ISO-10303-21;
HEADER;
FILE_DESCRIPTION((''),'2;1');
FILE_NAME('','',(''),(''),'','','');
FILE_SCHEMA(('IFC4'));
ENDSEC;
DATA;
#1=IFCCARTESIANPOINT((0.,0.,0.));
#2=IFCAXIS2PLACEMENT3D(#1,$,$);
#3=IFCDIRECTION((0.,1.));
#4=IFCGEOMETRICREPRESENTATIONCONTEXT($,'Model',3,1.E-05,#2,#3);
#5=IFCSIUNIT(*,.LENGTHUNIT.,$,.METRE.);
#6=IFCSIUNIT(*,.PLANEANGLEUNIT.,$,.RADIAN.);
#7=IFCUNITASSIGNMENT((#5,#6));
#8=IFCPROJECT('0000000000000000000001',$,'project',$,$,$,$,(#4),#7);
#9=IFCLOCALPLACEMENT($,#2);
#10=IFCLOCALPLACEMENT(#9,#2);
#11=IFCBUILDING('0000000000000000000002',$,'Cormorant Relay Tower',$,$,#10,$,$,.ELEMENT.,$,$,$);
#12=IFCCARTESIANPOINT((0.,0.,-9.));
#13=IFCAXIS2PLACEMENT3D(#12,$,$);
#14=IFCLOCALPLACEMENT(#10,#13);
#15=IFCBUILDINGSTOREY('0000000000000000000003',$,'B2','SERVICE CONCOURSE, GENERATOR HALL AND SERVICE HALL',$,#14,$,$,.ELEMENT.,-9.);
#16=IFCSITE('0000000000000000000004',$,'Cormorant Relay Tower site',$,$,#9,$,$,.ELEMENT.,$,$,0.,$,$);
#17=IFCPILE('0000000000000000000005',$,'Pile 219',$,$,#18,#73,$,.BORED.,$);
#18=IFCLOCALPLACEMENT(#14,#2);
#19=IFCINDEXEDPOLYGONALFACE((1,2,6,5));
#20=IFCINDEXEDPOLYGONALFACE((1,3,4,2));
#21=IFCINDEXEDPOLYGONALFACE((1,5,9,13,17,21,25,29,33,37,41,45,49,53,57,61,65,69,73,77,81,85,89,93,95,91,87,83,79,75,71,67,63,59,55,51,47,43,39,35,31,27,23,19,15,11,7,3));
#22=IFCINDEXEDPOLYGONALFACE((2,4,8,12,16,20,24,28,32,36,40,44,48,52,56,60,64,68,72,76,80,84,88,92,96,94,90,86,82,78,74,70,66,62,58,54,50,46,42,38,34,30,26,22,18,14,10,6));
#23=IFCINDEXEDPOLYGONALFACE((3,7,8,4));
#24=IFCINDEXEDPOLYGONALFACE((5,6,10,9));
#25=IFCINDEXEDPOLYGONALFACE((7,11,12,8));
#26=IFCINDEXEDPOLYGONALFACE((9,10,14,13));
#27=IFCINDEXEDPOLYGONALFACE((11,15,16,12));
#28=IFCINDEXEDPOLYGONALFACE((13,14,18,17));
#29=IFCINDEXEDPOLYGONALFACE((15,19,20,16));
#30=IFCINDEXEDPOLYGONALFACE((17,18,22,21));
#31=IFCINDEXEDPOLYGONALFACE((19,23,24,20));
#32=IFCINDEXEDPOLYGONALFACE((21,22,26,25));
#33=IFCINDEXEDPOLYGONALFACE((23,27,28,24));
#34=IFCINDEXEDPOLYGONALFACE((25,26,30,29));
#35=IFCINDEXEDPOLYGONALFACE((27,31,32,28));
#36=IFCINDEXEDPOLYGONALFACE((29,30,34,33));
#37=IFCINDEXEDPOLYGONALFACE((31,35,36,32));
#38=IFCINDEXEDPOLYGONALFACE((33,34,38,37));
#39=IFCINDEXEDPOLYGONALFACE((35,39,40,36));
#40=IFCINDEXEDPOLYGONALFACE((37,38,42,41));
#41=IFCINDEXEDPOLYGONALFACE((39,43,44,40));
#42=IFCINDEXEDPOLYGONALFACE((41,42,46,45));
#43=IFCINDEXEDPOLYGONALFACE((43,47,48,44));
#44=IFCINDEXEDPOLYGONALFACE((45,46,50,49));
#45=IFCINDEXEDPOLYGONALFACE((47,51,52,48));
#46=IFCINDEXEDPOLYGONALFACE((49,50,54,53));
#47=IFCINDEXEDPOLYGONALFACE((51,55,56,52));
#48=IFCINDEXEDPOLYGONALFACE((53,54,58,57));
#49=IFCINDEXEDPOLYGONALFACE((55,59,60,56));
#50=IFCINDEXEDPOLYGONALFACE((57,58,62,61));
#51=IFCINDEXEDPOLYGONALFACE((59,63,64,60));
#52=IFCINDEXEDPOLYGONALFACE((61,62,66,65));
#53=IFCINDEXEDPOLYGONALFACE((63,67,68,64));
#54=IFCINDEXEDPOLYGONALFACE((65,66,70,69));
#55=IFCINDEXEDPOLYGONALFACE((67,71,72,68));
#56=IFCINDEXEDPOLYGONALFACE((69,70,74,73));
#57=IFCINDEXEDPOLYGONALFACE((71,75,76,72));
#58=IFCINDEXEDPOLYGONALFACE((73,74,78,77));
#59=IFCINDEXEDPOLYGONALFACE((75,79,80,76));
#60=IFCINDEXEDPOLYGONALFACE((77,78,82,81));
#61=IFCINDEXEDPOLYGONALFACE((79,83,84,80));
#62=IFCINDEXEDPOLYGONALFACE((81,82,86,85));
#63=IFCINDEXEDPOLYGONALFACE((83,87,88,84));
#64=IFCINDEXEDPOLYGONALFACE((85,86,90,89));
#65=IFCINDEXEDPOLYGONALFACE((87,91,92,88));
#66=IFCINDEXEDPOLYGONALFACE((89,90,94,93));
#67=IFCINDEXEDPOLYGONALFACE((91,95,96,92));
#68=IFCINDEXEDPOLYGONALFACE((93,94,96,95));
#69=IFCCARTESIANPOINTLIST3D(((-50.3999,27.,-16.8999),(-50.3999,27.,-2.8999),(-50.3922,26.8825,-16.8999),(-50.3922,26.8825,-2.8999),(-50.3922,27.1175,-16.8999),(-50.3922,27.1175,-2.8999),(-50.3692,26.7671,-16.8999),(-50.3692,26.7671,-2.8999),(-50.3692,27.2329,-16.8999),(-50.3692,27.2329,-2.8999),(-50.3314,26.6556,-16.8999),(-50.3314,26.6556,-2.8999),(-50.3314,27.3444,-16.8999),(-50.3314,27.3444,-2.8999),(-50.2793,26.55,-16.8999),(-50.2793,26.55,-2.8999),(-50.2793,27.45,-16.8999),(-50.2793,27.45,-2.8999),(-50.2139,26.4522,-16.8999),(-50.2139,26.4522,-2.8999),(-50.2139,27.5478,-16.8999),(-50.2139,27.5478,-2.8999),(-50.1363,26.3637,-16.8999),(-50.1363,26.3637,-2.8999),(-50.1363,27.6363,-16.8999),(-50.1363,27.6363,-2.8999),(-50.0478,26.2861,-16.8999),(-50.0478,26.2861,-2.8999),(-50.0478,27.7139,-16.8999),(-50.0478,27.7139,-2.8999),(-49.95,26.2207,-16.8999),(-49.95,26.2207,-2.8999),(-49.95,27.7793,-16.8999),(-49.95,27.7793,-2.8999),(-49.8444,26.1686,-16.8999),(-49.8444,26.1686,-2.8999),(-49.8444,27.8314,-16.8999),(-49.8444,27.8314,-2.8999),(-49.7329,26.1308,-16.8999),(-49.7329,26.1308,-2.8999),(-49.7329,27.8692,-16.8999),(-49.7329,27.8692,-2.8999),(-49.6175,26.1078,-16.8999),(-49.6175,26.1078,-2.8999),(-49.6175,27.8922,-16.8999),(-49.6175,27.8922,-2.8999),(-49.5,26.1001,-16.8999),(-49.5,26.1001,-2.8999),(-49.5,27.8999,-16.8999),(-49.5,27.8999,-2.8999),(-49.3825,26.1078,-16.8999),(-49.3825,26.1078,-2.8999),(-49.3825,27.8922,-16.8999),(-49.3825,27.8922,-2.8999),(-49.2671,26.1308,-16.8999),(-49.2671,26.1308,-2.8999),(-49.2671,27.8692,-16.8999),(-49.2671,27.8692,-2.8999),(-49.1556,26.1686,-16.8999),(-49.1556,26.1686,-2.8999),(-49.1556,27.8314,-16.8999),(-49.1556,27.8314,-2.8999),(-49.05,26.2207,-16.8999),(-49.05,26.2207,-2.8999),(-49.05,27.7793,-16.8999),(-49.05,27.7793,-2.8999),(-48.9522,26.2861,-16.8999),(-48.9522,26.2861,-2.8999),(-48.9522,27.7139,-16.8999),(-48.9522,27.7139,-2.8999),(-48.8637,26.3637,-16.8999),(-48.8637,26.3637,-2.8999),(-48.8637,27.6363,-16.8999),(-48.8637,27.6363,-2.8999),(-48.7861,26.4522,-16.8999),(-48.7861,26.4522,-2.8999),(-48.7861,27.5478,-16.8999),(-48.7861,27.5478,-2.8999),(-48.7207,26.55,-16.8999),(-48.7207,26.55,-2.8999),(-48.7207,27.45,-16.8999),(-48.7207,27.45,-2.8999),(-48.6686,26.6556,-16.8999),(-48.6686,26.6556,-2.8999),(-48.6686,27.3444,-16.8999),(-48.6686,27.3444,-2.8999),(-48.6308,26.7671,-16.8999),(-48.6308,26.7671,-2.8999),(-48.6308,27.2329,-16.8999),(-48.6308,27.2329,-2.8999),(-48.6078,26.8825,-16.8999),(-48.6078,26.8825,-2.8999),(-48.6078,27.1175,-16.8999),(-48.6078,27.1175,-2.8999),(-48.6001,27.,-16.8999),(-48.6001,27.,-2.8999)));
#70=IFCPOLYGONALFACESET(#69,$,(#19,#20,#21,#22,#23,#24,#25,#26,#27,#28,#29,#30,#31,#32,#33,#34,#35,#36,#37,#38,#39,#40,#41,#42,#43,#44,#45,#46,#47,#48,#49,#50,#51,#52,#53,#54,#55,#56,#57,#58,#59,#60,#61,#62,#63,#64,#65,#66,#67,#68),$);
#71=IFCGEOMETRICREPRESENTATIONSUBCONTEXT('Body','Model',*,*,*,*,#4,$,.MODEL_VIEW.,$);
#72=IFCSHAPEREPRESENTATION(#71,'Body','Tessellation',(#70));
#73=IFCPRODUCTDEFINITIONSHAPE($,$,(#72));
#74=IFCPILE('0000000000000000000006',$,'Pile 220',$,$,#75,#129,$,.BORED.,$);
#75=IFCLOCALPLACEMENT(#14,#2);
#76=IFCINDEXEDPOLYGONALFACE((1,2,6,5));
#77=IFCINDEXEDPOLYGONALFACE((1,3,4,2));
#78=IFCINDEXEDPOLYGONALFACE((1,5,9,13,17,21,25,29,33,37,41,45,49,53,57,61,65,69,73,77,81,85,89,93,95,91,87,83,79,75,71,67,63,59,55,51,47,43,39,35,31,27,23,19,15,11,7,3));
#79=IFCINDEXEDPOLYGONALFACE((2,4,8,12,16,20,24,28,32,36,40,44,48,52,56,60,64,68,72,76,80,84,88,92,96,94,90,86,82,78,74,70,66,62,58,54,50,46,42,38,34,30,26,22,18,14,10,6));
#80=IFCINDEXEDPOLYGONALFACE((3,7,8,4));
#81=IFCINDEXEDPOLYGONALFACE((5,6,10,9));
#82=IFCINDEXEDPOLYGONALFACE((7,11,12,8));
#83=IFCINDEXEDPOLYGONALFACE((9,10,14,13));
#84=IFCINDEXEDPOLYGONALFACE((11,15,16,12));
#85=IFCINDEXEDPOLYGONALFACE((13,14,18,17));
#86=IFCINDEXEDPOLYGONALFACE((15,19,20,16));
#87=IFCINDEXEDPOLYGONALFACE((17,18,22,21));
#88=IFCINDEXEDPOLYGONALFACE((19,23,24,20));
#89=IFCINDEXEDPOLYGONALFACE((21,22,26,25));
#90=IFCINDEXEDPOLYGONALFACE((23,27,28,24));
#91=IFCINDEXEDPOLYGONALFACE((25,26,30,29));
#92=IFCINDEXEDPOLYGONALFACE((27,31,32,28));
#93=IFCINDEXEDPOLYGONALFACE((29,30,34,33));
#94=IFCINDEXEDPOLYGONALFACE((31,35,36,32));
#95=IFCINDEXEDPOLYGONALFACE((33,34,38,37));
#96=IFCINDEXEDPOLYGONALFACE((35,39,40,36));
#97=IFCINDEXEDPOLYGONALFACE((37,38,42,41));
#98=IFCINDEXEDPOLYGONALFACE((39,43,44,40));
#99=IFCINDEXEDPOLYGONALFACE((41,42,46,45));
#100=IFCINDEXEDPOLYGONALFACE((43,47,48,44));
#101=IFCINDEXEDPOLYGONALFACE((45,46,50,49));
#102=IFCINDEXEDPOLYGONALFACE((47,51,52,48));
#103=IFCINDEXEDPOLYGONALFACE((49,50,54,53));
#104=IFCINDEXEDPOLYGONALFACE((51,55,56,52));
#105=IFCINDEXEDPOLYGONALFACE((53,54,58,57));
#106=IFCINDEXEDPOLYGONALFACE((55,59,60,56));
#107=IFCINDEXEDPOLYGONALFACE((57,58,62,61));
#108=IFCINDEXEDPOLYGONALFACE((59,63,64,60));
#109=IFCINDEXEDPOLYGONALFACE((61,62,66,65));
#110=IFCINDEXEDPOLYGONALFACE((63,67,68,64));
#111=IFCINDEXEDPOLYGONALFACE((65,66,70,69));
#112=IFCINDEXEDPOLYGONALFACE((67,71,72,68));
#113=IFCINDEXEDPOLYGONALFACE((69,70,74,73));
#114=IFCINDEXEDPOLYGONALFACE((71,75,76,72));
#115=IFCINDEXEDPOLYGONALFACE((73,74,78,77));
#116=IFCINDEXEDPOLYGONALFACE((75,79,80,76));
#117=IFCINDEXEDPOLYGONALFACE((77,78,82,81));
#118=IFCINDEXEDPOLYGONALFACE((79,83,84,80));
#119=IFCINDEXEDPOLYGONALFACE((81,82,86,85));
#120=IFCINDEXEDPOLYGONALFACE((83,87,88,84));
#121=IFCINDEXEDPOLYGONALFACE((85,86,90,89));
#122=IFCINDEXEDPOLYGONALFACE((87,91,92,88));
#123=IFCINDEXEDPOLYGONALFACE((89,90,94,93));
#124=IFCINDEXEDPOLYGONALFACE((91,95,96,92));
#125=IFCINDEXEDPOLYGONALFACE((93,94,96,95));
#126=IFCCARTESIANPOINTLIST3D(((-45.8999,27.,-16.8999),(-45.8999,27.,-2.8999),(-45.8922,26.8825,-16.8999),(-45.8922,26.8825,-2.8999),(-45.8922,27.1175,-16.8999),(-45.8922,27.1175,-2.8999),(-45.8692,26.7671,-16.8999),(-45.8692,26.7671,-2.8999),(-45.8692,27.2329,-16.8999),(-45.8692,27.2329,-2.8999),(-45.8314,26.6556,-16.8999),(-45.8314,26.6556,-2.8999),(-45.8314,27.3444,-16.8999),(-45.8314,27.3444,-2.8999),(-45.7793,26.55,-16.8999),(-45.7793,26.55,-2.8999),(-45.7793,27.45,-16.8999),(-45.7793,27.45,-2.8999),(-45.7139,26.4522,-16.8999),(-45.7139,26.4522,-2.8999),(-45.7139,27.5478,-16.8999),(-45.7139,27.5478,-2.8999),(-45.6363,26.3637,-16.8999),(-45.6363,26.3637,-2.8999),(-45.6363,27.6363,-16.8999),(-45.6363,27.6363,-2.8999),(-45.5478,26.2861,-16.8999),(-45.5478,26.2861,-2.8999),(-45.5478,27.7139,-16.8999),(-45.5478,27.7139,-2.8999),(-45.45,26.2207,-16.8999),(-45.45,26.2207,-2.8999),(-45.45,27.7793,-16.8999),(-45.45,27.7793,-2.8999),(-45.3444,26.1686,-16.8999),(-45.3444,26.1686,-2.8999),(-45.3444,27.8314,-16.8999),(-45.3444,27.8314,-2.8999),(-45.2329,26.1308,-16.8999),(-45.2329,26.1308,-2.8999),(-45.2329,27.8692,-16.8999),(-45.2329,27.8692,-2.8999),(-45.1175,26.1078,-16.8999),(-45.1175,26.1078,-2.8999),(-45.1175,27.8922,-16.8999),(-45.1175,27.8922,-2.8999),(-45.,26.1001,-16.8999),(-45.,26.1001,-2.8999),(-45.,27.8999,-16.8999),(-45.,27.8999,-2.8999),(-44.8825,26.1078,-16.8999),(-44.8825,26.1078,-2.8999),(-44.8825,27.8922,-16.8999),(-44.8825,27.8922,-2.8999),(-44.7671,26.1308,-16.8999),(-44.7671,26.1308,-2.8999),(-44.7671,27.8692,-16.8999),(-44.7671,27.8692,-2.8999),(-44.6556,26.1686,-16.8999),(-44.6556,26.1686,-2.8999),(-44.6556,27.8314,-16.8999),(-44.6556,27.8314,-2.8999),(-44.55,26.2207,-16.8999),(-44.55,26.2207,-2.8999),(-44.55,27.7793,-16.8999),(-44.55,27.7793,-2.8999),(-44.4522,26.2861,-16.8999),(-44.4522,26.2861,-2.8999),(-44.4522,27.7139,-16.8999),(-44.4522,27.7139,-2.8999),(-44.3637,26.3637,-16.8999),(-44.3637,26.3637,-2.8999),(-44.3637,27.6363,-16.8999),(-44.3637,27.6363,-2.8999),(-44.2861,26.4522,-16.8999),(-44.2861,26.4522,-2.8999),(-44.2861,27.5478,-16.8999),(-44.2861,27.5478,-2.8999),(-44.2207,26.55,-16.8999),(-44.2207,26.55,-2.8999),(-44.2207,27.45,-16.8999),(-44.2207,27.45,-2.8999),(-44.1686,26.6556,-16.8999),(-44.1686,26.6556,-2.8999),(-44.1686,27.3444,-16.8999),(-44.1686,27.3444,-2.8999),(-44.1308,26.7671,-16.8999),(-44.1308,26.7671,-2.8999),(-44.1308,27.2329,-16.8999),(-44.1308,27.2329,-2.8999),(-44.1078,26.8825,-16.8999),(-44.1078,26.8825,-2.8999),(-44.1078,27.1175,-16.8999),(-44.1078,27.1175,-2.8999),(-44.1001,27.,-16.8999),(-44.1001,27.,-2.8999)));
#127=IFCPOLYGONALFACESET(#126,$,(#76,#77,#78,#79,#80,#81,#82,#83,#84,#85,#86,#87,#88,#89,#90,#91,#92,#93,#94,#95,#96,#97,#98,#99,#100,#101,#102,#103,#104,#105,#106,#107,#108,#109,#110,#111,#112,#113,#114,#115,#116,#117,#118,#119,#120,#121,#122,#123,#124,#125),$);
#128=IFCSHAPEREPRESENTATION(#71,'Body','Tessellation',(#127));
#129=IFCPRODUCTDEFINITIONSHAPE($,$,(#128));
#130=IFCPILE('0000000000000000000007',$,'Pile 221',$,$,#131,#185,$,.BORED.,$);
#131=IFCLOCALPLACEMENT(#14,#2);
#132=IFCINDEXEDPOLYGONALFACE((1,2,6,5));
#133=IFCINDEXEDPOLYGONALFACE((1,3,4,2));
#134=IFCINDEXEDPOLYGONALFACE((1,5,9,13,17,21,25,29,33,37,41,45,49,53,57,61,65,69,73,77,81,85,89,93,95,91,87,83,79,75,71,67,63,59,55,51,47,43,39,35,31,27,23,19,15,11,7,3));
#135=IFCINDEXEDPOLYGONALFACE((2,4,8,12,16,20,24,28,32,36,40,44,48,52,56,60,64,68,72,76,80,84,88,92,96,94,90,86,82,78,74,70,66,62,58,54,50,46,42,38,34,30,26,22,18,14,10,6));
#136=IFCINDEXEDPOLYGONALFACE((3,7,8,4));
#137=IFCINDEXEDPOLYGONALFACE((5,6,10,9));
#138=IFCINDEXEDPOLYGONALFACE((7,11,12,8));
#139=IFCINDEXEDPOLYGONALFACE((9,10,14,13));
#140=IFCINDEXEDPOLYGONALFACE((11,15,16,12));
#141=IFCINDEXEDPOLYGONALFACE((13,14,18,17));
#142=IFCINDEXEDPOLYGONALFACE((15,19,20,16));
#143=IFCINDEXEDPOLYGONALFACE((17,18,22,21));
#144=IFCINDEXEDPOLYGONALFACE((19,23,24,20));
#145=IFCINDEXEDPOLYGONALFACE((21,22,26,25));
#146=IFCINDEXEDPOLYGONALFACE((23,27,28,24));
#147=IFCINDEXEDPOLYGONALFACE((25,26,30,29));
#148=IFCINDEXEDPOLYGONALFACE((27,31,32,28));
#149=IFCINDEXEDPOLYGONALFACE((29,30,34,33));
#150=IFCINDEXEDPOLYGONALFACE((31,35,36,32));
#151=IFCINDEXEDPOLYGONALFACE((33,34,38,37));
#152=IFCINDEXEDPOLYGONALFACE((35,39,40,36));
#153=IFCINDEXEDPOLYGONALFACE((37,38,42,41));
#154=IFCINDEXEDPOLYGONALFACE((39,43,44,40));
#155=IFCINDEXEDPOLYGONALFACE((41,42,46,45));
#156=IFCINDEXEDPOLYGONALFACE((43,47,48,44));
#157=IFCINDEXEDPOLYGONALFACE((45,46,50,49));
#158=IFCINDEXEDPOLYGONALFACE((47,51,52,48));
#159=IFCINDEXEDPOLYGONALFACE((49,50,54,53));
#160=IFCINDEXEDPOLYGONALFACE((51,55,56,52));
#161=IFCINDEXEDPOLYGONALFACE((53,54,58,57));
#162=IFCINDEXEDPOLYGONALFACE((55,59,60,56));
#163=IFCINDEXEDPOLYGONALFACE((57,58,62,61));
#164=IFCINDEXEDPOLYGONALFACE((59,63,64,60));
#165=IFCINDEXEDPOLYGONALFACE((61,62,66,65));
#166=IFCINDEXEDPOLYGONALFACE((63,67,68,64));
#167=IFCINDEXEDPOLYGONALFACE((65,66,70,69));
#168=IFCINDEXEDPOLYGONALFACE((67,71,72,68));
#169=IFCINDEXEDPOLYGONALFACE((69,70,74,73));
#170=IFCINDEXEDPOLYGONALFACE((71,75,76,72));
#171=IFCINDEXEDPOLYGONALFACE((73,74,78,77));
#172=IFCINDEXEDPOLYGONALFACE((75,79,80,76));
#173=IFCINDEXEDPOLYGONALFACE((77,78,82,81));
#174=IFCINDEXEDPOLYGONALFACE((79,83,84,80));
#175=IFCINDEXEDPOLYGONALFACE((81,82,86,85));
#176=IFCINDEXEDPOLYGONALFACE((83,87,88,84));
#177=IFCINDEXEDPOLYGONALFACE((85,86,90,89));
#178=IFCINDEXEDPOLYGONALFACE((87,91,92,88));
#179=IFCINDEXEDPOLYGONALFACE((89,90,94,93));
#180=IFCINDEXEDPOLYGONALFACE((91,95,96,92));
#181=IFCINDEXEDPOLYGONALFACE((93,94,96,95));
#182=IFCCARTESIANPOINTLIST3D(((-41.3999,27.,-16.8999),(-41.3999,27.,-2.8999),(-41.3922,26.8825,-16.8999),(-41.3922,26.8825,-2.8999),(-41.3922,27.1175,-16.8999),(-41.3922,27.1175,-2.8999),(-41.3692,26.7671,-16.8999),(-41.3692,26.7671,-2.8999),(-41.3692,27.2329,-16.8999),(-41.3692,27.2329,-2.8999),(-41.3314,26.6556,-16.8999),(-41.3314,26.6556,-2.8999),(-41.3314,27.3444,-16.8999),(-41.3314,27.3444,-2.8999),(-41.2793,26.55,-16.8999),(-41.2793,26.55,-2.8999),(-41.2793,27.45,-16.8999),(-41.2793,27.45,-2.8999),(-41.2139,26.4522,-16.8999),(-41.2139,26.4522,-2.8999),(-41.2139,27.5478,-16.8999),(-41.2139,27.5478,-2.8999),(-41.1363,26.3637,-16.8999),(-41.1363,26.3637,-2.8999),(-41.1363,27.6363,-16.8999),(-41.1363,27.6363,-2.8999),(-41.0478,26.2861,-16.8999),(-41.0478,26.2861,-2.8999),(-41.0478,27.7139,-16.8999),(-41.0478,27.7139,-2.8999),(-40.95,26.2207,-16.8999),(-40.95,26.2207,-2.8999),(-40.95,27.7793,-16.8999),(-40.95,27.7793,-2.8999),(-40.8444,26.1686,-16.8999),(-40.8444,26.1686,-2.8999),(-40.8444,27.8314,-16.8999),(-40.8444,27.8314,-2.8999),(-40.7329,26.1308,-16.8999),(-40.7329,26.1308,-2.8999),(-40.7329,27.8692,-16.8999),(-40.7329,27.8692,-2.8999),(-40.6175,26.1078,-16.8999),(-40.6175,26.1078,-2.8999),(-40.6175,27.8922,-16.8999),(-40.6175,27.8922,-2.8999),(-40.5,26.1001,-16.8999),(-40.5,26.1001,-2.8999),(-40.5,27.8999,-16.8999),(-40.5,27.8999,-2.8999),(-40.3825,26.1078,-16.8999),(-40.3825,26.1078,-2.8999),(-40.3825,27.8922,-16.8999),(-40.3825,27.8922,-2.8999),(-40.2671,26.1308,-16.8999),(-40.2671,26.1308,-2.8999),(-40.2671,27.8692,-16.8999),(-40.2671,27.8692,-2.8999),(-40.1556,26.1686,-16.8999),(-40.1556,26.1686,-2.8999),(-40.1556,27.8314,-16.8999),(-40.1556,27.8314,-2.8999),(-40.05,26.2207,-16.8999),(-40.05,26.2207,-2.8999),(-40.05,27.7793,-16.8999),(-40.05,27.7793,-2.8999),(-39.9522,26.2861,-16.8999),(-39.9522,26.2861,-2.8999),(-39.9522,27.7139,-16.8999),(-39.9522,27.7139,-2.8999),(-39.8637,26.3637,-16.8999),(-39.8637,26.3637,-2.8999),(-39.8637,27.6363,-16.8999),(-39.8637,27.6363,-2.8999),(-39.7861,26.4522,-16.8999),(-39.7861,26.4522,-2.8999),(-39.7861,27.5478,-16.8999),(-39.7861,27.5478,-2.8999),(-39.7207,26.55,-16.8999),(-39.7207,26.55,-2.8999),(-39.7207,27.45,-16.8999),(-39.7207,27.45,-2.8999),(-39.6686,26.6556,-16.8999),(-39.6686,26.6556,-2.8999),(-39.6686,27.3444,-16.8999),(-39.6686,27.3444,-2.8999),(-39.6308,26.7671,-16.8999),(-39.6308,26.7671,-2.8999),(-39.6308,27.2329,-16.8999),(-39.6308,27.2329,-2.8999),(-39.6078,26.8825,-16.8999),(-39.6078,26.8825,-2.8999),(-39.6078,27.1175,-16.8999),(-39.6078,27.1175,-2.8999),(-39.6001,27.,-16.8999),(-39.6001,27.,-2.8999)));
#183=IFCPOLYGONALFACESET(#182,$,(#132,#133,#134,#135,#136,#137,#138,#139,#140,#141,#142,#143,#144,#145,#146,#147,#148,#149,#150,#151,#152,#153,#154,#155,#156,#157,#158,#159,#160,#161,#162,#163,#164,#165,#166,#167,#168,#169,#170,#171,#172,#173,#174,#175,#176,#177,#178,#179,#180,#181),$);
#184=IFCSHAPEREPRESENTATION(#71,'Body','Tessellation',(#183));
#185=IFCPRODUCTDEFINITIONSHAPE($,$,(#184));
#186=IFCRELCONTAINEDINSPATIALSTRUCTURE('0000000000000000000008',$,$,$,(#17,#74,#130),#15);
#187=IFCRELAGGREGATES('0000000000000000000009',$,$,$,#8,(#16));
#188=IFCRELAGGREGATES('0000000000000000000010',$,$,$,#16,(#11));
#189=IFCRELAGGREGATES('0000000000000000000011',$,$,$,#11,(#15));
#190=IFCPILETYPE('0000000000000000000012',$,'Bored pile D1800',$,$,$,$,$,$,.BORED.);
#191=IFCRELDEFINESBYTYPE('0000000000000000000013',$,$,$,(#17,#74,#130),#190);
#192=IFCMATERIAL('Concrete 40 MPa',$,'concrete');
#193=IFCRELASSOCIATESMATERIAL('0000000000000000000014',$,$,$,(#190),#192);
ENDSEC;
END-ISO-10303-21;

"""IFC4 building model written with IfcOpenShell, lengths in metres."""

from ifc_helpers import new_model, si_unit, direction, frame, origin, origin_2d, place, context, subcontext, project, spatial, circle, extrude, material, material_profile, profile_set, type_object, element, save


model = new_model("IFC4")

# Units and contexts
model_context = context("Model", 3, precision=1e-05, world=origin(), true_north=direction((0.0, 1.0)))
body_context = subcontext(model_context, "Body", "Model", "MODEL_VIEW")
ifc_project = project(units=[si_unit("LENGTHUNIT", "METRE"), si_unit("PLANEANGLEUNIT", "RADIAN")], contexts=[model_context])

# Site, building, storey
site_placement = place(None, origin())
site = spatial("IfcSite", under=ifc_project, at=site_placement, Name="Cormorant Relay Tower site", CompositionType="ELEMENT", RefElevation=0.0)
building_placement = place(site_placement, origin())
building = spatial("IfcBuilding", under=site, at=building_placement, Name="Cormorant Relay Tower", CompositionType="ELEMENT")
storey_placement = place(building_placement, frame((0.0, 0.0, -9.0)))
storey = spatial("IfcBuildingStorey", under=building, at=storey_placement, Name="B2", Description="SERVICE CONCOURSE, GENERATOR HALL AND SERVICE HALL", CompositionType="ELEMENT", Elevation=-9.0)

# Piles
ifc_material_1 = material(Name="Concrete 40 MPa", Category="concrete")
ifc_material_profile_1 = material_profile(ifc_material_1, circle(Radius=0.8999, at=origin_2d()), Name="BP1800")
ifc_profile_set_1 = profile_set([ifc_material_profile_1], Name="Concrete 40 MPa")
pile_type = type_object("IfcPileType", Name="Bored pile D1800", PredefinedType="BORED", material=ifc_profile_set_1)
for number, where, z_axis, x_axis, name in (
    (1, (-49.5, 27.0, -2.8999), (0.0, 0.0, -1.0), (1.0, 0.0, 0.0), "Pile 219"),
    (2, (-45.0, 27.0, -2.8999), (0.0, 0.0, -1.0), (1.0, 0.0, 0.0), "Pile 220"),
    (3, (-40.5, 27.0, -2.8999), (0.0, 0.0, -1.0), (1.0, 0.0, 0.0), "Pile 221"),
):
    element("IfcPile", number, at=place(storey_placement, frame(where, z_axis=z_axis, x_axis=x_axis)), inside=storey, type_object=pile_type, Name=name, PredefinedType="BORED", context=body_context, shape_type="SweptSolid", body=[
        extrude(circle(Radius=0.8999, at=origin_2d()), origin(), (0.0, 0.0, 1.0), 14.0),
    ])

save(model, "model.ifc")
